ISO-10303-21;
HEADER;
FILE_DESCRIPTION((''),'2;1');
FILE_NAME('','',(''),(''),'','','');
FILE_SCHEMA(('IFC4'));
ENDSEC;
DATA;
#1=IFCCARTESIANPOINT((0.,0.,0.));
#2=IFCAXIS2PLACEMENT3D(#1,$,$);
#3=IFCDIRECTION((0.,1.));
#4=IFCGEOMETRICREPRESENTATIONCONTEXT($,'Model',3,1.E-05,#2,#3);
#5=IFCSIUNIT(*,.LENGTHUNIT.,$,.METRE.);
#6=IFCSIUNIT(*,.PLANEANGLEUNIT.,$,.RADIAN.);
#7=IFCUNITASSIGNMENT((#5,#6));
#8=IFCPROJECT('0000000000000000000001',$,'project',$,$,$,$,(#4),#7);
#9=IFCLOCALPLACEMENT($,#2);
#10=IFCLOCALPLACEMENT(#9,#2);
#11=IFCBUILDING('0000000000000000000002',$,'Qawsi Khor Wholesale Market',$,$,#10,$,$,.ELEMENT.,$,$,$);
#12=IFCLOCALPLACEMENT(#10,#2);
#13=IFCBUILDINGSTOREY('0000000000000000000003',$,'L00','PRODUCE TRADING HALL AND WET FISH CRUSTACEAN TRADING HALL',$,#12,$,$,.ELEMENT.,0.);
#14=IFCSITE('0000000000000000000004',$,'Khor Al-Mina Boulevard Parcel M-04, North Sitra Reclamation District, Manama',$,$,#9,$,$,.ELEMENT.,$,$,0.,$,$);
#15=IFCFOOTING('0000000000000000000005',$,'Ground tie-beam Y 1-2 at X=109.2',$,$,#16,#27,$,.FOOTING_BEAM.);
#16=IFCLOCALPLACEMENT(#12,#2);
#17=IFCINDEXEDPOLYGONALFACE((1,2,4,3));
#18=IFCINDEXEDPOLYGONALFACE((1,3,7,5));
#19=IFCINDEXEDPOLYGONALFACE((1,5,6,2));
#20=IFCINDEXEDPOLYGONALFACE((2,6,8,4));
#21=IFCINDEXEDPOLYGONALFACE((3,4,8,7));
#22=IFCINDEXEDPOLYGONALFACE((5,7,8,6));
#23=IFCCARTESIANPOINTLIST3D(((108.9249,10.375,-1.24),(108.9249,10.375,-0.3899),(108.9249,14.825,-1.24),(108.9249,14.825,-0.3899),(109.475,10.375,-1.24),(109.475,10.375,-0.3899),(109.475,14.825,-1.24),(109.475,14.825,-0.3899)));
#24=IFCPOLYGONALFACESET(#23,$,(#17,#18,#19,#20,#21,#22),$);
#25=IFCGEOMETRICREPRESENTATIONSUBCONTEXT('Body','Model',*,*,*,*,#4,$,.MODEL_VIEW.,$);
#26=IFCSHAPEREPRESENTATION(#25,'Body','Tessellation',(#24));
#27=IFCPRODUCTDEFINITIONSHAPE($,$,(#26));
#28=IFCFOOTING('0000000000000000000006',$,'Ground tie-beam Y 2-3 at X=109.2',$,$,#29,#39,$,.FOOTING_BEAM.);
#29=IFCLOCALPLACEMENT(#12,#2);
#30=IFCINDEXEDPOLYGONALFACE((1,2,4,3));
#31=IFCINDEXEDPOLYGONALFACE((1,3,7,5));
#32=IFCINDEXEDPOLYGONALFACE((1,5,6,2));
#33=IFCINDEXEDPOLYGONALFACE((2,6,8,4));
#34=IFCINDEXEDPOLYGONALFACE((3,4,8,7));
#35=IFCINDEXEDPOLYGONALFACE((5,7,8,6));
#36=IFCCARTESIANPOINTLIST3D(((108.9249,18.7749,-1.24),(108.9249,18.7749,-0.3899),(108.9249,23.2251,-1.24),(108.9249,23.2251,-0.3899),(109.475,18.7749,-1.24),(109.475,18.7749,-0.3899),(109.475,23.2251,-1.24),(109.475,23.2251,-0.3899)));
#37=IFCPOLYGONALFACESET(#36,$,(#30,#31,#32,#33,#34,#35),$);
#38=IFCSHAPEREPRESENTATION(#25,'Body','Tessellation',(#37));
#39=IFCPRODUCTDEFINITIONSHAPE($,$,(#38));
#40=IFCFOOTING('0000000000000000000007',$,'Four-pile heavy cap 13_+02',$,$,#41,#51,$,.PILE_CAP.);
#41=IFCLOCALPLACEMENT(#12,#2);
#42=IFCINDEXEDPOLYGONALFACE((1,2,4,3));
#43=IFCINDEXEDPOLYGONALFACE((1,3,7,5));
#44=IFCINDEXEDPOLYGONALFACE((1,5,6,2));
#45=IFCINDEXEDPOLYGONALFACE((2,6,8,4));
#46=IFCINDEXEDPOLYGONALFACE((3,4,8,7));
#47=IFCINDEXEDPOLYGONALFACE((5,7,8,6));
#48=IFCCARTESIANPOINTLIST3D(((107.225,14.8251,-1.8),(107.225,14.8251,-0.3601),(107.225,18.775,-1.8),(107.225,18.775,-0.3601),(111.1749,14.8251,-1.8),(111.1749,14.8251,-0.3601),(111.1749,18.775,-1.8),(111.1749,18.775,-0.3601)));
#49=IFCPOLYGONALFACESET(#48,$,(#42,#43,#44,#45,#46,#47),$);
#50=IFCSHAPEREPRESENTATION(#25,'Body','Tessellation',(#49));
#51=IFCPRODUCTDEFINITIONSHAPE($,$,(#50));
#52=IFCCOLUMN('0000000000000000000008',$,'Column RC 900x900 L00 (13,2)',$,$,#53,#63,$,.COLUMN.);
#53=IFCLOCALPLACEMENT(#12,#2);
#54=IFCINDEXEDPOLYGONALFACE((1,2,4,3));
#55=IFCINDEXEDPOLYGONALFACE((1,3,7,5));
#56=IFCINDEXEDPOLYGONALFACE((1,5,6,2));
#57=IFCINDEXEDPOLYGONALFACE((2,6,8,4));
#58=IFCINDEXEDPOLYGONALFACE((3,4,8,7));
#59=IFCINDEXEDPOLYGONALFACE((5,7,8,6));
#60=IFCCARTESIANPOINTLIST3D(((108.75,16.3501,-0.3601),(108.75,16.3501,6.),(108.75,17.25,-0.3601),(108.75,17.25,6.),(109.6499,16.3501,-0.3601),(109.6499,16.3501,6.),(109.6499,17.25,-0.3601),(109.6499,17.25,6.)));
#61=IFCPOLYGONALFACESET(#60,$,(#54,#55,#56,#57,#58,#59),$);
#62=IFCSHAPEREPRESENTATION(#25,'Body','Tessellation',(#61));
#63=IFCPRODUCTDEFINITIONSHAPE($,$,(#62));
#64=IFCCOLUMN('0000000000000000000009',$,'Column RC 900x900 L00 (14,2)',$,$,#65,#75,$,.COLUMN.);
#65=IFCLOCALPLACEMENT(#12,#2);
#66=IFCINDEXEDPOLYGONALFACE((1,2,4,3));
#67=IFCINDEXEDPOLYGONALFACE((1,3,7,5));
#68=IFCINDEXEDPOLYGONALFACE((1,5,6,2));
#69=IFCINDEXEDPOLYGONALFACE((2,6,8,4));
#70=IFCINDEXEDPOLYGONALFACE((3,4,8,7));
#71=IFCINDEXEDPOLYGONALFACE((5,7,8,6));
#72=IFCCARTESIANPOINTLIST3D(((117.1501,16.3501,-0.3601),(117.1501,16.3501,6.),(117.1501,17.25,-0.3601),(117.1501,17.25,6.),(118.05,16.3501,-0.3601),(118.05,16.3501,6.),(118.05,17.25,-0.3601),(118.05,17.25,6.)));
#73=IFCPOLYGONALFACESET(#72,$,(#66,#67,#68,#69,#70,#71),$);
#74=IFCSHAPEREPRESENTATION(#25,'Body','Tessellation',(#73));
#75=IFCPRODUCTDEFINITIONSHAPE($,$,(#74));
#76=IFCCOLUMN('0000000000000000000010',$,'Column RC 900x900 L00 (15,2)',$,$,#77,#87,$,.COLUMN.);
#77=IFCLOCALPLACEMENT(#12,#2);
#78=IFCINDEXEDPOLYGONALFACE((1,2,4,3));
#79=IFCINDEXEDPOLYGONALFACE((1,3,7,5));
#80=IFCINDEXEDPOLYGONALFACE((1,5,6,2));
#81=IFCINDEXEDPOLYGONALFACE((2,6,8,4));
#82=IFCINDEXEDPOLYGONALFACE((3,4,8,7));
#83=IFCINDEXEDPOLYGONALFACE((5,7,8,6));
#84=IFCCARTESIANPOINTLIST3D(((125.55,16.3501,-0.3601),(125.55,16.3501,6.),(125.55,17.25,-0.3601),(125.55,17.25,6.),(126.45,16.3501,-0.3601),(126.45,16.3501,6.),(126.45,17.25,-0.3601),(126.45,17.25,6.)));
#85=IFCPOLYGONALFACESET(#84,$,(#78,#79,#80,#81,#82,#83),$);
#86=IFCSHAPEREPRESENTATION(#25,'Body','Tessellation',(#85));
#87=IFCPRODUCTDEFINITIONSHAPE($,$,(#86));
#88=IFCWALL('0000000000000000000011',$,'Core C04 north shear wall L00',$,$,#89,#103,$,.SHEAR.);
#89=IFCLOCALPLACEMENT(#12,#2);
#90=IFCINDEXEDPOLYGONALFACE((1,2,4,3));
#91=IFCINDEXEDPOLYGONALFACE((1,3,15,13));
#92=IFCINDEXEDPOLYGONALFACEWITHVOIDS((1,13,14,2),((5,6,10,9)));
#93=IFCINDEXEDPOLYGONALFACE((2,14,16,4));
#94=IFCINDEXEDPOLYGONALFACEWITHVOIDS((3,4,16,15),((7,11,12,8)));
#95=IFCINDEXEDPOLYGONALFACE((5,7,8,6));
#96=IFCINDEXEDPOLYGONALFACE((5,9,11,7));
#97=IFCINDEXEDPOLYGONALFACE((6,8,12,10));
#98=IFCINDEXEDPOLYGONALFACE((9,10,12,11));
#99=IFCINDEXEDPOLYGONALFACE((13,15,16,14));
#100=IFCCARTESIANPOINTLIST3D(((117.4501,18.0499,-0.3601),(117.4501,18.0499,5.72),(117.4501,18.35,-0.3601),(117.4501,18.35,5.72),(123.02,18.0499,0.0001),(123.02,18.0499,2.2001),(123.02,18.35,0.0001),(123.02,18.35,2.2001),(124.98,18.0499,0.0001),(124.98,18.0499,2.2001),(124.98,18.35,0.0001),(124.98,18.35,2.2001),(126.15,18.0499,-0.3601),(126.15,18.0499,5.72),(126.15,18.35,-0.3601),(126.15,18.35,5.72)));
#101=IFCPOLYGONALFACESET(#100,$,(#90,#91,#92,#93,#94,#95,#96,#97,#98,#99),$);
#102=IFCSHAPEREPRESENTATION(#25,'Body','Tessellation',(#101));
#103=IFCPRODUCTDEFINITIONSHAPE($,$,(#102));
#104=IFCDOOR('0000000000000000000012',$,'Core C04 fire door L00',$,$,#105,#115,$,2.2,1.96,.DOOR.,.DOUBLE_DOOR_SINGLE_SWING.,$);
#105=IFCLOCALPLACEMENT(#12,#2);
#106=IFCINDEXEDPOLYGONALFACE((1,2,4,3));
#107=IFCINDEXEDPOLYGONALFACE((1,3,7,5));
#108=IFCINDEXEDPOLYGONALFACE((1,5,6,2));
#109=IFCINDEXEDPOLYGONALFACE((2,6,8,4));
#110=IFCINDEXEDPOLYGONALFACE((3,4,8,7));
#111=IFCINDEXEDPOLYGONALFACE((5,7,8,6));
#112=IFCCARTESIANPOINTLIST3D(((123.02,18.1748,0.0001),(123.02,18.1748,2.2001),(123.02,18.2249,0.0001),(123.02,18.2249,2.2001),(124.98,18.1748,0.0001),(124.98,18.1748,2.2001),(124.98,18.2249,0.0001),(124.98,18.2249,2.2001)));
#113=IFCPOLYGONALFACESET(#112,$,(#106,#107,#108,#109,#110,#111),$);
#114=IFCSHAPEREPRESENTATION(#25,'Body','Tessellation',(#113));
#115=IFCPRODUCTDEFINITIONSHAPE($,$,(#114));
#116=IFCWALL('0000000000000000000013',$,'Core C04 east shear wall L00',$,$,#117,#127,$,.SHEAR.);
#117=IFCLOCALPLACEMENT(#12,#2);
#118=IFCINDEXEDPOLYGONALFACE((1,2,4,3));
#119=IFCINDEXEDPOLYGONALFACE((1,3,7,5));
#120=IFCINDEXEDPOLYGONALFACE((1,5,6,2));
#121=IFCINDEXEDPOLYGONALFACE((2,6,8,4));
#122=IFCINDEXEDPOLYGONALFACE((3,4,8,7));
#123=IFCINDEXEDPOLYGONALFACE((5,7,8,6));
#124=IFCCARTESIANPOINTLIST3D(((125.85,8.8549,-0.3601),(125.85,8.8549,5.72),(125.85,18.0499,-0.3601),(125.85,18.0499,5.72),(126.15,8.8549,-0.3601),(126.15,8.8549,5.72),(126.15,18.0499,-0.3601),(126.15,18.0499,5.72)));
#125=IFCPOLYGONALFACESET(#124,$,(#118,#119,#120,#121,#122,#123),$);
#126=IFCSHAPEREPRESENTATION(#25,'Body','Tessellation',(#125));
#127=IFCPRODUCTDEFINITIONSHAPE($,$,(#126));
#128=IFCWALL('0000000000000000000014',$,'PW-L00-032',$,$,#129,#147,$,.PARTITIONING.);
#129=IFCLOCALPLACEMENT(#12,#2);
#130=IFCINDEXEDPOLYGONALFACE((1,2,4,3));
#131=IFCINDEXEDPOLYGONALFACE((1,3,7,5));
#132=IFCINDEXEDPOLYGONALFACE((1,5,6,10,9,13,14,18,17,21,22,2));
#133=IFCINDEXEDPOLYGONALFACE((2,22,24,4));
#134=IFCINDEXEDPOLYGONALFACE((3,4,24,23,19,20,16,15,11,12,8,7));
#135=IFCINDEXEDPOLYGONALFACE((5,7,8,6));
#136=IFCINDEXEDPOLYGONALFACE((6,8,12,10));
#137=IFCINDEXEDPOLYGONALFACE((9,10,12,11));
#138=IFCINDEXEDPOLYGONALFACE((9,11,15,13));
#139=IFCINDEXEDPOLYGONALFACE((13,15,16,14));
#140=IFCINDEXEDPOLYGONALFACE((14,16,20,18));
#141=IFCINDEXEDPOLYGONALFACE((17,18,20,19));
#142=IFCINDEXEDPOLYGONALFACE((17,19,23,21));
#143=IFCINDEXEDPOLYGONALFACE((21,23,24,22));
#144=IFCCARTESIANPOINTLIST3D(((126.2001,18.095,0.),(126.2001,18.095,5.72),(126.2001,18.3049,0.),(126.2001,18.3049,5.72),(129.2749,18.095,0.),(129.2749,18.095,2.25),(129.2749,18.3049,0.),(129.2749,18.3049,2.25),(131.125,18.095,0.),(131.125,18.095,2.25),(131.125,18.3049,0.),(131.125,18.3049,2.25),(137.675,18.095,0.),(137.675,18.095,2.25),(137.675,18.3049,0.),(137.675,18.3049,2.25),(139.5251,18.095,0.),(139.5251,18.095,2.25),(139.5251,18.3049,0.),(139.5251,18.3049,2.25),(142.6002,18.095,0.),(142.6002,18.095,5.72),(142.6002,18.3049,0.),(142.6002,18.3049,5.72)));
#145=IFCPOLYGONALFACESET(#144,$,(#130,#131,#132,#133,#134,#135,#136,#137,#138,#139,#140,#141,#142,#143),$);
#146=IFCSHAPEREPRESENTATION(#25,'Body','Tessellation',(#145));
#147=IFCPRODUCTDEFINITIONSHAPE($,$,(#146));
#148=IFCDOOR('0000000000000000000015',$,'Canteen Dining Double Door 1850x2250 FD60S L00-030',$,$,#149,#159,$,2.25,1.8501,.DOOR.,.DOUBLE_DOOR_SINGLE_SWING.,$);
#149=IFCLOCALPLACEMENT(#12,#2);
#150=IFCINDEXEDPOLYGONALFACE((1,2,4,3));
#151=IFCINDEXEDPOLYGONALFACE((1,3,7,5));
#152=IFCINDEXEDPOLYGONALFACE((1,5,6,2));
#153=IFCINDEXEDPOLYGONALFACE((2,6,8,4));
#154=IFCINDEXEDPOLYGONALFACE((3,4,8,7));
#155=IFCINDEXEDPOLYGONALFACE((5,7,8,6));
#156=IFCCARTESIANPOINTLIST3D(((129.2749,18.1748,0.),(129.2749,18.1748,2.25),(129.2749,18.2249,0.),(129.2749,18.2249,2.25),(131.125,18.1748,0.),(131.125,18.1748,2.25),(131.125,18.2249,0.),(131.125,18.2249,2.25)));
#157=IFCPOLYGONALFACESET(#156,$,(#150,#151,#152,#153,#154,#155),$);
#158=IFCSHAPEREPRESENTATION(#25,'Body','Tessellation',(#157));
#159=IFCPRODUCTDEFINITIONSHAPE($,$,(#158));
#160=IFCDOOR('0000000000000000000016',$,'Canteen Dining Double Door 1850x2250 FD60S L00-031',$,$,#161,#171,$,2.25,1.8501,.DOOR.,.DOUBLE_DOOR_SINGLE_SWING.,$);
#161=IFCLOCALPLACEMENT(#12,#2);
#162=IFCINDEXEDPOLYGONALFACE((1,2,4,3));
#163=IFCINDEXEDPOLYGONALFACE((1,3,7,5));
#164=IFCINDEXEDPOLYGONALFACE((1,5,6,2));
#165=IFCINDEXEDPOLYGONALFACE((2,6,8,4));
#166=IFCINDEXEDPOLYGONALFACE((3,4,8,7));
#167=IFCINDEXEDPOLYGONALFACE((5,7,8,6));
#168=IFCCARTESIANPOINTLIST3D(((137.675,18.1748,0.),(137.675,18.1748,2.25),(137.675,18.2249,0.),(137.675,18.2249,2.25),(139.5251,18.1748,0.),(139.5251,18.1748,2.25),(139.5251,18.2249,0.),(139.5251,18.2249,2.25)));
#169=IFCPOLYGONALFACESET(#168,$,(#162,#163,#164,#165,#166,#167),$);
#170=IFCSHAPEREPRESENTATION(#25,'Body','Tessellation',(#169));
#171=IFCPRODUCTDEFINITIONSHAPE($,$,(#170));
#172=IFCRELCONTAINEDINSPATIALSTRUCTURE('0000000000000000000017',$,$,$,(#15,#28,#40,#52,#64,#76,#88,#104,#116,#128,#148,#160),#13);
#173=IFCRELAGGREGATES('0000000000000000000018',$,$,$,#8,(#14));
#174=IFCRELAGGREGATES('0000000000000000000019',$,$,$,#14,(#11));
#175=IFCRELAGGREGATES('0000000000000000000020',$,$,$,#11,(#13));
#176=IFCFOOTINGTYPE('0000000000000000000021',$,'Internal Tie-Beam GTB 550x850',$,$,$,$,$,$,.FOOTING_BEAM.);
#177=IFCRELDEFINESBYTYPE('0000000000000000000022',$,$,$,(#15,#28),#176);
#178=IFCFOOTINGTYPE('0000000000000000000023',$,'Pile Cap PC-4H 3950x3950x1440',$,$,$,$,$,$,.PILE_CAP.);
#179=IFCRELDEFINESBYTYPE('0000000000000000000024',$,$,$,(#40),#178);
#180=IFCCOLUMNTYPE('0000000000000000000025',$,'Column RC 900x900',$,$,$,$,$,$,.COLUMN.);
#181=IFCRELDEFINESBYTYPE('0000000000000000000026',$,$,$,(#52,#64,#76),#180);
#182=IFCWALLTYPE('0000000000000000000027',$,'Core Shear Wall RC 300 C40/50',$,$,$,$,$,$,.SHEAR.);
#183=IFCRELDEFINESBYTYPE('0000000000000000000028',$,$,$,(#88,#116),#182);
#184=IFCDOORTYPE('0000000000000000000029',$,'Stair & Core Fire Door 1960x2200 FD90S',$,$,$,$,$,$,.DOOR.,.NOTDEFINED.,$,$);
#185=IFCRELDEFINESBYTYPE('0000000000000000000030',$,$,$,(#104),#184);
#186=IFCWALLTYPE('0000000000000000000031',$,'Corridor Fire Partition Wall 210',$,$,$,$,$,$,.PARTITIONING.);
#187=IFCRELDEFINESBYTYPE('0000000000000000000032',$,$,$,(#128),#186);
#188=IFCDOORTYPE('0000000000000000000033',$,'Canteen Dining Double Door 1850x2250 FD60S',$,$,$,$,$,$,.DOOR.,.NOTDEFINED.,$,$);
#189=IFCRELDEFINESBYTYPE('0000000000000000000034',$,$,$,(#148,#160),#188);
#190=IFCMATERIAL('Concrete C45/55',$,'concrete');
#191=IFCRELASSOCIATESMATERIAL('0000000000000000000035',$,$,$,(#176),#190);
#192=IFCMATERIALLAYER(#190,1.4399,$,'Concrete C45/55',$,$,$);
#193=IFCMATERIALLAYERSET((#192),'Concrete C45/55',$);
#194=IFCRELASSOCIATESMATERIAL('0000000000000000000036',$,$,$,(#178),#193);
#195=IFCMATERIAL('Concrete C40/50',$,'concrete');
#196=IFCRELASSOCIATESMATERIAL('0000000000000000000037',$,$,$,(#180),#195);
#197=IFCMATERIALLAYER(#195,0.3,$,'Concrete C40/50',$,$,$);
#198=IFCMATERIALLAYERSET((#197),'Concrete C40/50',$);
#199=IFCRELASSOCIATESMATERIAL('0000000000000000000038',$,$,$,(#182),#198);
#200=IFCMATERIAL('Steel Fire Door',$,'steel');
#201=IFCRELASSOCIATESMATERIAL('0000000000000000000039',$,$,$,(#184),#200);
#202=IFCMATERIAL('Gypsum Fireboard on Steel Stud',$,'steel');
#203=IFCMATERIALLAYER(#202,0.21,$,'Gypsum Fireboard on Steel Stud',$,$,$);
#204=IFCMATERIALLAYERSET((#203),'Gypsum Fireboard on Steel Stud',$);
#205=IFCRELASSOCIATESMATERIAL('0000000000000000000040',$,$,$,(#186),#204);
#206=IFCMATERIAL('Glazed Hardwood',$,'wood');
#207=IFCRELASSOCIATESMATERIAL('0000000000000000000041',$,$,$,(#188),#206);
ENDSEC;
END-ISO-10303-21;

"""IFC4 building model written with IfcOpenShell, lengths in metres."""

from ifc_helpers import new_model, si_unit, direction, frame, frame_2d, origin, origin_2d, place, context, subcontext, project, spatial, rectangle, extrude, material, layer, layer_set, material_profile, profile_set, type_object, element, fill, save


model = new_model("IFC4")

# Units and contexts
model_context = context("Model", 3, precision=1e-05, world=origin(), true_north=direction((0.0, 1.0)))
body_context = subcontext(model_context, "Body", "Model", "MODEL_VIEW")
ifc_project = project(units=[si_unit("LENGTHUNIT", "METRE"), si_unit("PLANEANGLEUNIT", "RADIAN")], contexts=[model_context])

# Site, building, storey
site_placement = place(None, origin())
site = spatial("IfcSite", under=ifc_project, at=site_placement, Name="Khor Al-Mina Boulevard Parcel M-04, North Sitra Reclamation District, Manama", CompositionType="ELEMENT", RefElevation=0.0)
building_placement = place(site_placement, origin())
building = spatial("IfcBuilding", under=site, at=building_placement, Name="Qawsi Khor Wholesale Market", CompositionType="ELEMENT")
storey_placement = place(building_placement, origin())
storey = spatial("IfcBuildingStorey", under=building, at=storey_placement, Name="L00", Description="PRODUCE TRADING HALL AND WET FISH CRUSTACEAN TRADING HALL", CompositionType="ELEMENT", Elevation=0.0)

# Shared definitions
ifc_material_1 = material(Name="Concrete C45/55", Category="concrete")

# Footings
ifc_material_profile_1 = material_profile(ifc_material_1, rectangle(XDim=0.55, YDim=0.8501, at=origin_2d()), Name="RC 550x850")
ifc_profile_set_1 = profile_set([ifc_material_profile_1], Name="Concrete C45/55")
footing_type_1 = type_object("IfcFootingType", Name="Internal Tie-Beam GTB 550x850", PredefinedType="FOOTING_BEAM", material=ifc_profile_set_1)
footing_1_placement = place(storey_placement, frame((109.2, 10.375, -0.8149), z_axis=(0.0, 1.0, 0.0), x_axis=(-1.0, 0.0, 0.0)))
element("IfcFooting", 1, at=footing_1_placement, inside=storey, type_object=footing_type_1, Name="Ground tie-beam Y 1-2 at X=109.2", PredefinedType="FOOTING_BEAM", context=body_context, shape_type="SweptSolid", body=[
    extrude(rectangle(XDim=0.55, YDim=0.8501, at=origin_2d()), origin(), (0.0, 0.0, 1.0), 4.45),
])
footing_2_placement = place(storey_placement, frame((109.2, 18.7749, -0.8149), z_axis=(0.0, 1.0, 0.0), x_axis=(-1.0, 0.0, 0.0)))
element("IfcFooting", 2, at=footing_2_placement, inside=storey, type_object=footing_type_1, Name="Ground tie-beam Y 2-3 at X=109.2", PredefinedType="FOOTING_BEAM", context=body_context, shape_type="SweptSolid", body=[
    extrude(rectangle(XDim=0.55, YDim=0.8501, at=origin_2d()), origin(), (0.0, 0.0, 1.0), 4.4502),
])
ifc_layer_1 = layer(ifc_material_1, 1.4399, Name="Concrete C45/55")
ifc_layer_set_1 = layer_set([ifc_layer_1], Name="Concrete C45/55")
footing_type_2 = type_object("IfcFootingType", Name="Pile Cap PC-4H 3950x3950x1440", PredefinedType="PILE_CAP", material=ifc_layer_set_1)
footing_3_placement = place(storey_placement, frame((109.2, 16.8, -1.8), z_axis=(0.0, 0.0, 1.0), x_axis=(1.0, 0.0, 0.0)))
element("IfcFooting", 3, at=footing_3_placement, inside=storey, type_object=footing_type_2, Name="Four-pile heavy cap 13_+02", PredefinedType="PILE_CAP", context=body_context, shape_type="SweptSolid", body=[
    extrude(rectangle(XDim=3.95, YDim=3.95, at=origin_2d()), origin(), (0.0, 0.0, 1.0), 1.4399),
])

# Columns
ifc_material_2 = material(Name="Concrete C40/50", Category="concrete")
ifc_material_profile_2 = material_profile(ifc_material_2, rectangle(XDim=0.8999, YDim=0.8999, at=origin_2d()), Name="RC 900x900")
ifc_profile_set_2 = profile_set([ifc_material_profile_2], Name="Concrete C40/50")
column_type = type_object("IfcColumnType", Name="Column RC 900x900", PredefinedType="COLUMN", material=ifc_profile_set_2)
for number, where, z_axis, x_axis, name in (
    (4, (109.2, 16.8, -0.3601), (0.0, 0.0, 1.0), (1.0, 0.0, 0.0), "Column RC 900x900 L00 (13,2)"),
    (5, (117.6001, 16.8, -0.3601), (0.0, 0.0, 1.0), (1.0, 0.0, 0.0), "Column RC 900x900 L00 (14,2)"),
    (6, (126.0, 16.8, -0.3601), (0.0, 0.0, 1.0), (1.0, 0.0, 0.0), "Column RC 900x900 L00 (15,2)"),
):
    element("IfcColumn", number, at=place(storey_placement, frame(where, z_axis=z_axis, x_axis=x_axis)), inside=storey, type_object=column_type, Name=name, PredefinedType="COLUMN", context=body_context, shape_type="SweptSolid", body=[
        extrude(rectangle(XDim=0.8999, YDim=0.8999, at=origin_2d()), origin(), (0.0, 0.0, 1.0), 6.3601),
    ])

# Wall, opening, door
ifc_layer_2 = layer(ifc_material_2, 0.3, Name="Concrete C40/50")
ifc_layer_set_2 = layer_set([ifc_layer_2], Name="Concrete C40/50")
wall_type_1 = type_object("IfcWallType", Name="Core Shear Wall RC 300 C40/50", PredefinedType="SHEAR", material=ifc_layer_set_2)
wall_1_placement = place(storey_placement, frame((117.45, 18.2, -0.3601), z_axis=(0.0, 0.0, 1.0), x_axis=(1.0, 0.0, 0.0)))
wall_1 = element("IfcWall", 7, at=wall_1_placement, inside=storey, type_object=wall_type_1, Name="Core C04 north shear wall L00", PredefinedType="SHEAR", context=body_context, shape_type="SweptSolid", body=[
    extrude(rectangle(XDim=8.7, YDim=0.3, at=frame_2d((4.3501, 0.0))), origin(), (0.0, 0.0, 1.0), 6.0801),
])
opening_1_placement = place(wall_1_placement, frame((5.5701, 0.0, 0.3601)))
opening_1 = element("IfcOpeningElement", 8, at=opening_1_placement, cuts=wall_1, PredefinedType="OPENING", context=body_context, shape_type="SweptSolid", body=[
    extrude(rectangle(XDim=1.96, YDim=2.2, at=frame_2d((0.98, 1.1001))), frame((0.0, 0.1599, 0.0), z_axis=(0.0, -1.0, 0.0), x_axis=(1.0, 0.0, 0.0)), (0.0, 0.0, 1.0), 0.3201),
])
ifc_material_3 = material(Name="Steel Fire Door", Category="steel")
door_type_1 = type_object("IfcDoorType", Name="Stair & Core Fire Door 1960x2200 FD90S", OperationType="NOTDEFINED", PredefinedType="DOOR", material=ifc_material_3)
door_1_placement = place(opening_1_placement, origin())
door_1 = element("IfcDoor", 9, at=door_1_placement, inside=storey, type_object=door_type_1, Name="Core C04 fire door L00", OperationType="DOUBLE_DOOR_SINGLE_SWING", OverallHeight=2.2, OverallWidth=1.96, PredefinedType="DOOR", context=body_context, shape_type="SweptSolid", body=[
    extrude(rectangle(XDim=1.96, YDim=2.2, at=frame_2d((0.98, 1.1001))), frame((0.0, 0.0249, 0.0), z_axis=(0.0, -1.0, 0.0), x_axis=(1.0, 0.0, 0.0)), (0.0, 0.0, 1.0), 0.05),
])
fill(opening_1, door_1)

# Wall
wall_2_placement = place(storey_placement, frame((126.0, 18.05, -0.3601), z_axis=(0.0, 0.0, 1.0), x_axis=(0.0, -1.0, 0.0)))
element("IfcWall", 10, at=wall_2_placement, inside=storey, type_object=wall_type_1, Name="Core C04 east shear wall L00", PredefinedType="SHEAR", context=body_context, shape_type="SweptSolid", body=[
    extrude(rectangle(XDim=9.1951, YDim=0.3, at=frame_2d((4.5977, 0.0))), origin(), (0.0, 0.0, 1.0), 6.0801),
])

# Wall, openings, doors
ifc_material_4 = material(Name="Gypsum Fireboard on Steel Stud", Category="steel")
ifc_layer_3 = layer(ifc_material_4, 0.21, Name="Gypsum Fireboard on Steel Stud")
ifc_layer_set_3 = layer_set([ifc_layer_3], Name="Gypsum Fireboard on Steel Stud")
wall_type_2 = type_object("IfcWallType", Name="Corridor Fire Partition Wall 210", PredefinedType="PARTITIONING", material=ifc_layer_set_3)
wall_3_placement = place(storey_placement, frame((126.2, 18.2, 0.0), z_axis=(0.0, 0.0, 1.0), x_axis=(1.0, 0.0, 0.0)))
wall_3 = element("IfcWall", 11, at=wall_3_placement, inside=storey, type_object=wall_type_2, Name="PW-L00-032", PredefinedType="PARTITIONING", context=body_context, shape_type="SweptSolid", body=[
    extrude(rectangle(XDim=16.4001, YDim=0.21, at=frame_2d((8.2002, 0.0))), origin(), (0.0, 0.0, 1.0), 5.72),
])
opening_2_placement = place(wall_3_placement, frame((3.075, 0.0, 0.0)))
opening_2 = element("IfcOpeningElement", 12, at=opening_2_placement, cuts=wall_3, PredefinedType="OPENING", context=body_context, shape_type="SweptSolid", body=[
    extrude(rectangle(XDim=1.8501, YDim=2.25, at=frame_2d((0.925, 1.125))), frame((0.0, 0.115, 0.0), z_axis=(0.0, -1.0, 0.0), x_axis=(1.0, 0.0, 0.0)), (0.0, 0.0, 1.0), 0.23),
])
opening_3_placement = place(wall_3_placement, frame((11.4751, 0.0, 0.0)))
opening_3 = element("IfcOpeningElement", 13, at=opening_3_placement, cuts=wall_3, PredefinedType="OPENING", context=body_context, shape_type="SweptSolid", body=[
    extrude(rectangle(XDim=1.8501, YDim=2.25, at=frame_2d((0.925, 1.125))), frame((0.0, 0.115, 0.0), z_axis=(0.0, -1.0, 0.0), x_axis=(1.0, 0.0, 0.0)), (0.0, 0.0, 1.0), 0.23),
])
ifc_material_5 = material(Name="Glazed Hardwood", Category="wood")
door_type_2 = type_object("IfcDoorType", Name="Canteen Dining Double Door 1850x2250 FD60S", OperationType="NOTDEFINED", PredefinedType="DOOR", material=ifc_material_5)
door_2_placement = place(opening_2_placement, origin())
door_2 = element("IfcDoor", 14, at=door_2_placement, inside=storey, type_object=door_type_2, Name="Canteen Dining Double Door 1850x2250 FD60S L00-030", OperationType="DOUBLE_DOOR_SINGLE_SWING", OverallHeight=2.25, OverallWidth=1.8501, PredefinedType="DOOR", context=body_context, shape_type="SweptSolid", body=[
    extrude(rectangle(XDim=1.8501, YDim=2.25, at=frame_2d((0.925, 1.125))), frame((0.0, 0.0249, 0.0), z_axis=(0.0, -1.0, 0.0), x_axis=(1.0, 0.0, 0.0)), (0.0, 0.0, 1.0), 0.05),
])
fill(opening_2, door_2)
door_3_placement = place(opening_3_placement, origin())
door_3 = element("IfcDoor", 15, at=door_3_placement, inside=storey, type_object=door_type_2, Name="Canteen Dining Double Door 1850x2250 FD60S L00-031", OperationType="DOUBLE_DOOR_SINGLE_SWING", OverallHeight=2.25, OverallWidth=1.8501, PredefinedType="DOOR", context=body_context, shape_type="SweptSolid", body=[
    extrude(rectangle(XDim=1.8501, YDim=2.25, at=frame_2d((0.925, 1.125))), frame((0.0, 0.0249, 0.0), z_axis=(0.0, -1.0, 0.0), x_axis=(1.0, 0.0, 0.0)), (0.0, 0.0, 1.0), 0.05),
])
fill(opening_3, door_3)

save(model, "model.ifc")
